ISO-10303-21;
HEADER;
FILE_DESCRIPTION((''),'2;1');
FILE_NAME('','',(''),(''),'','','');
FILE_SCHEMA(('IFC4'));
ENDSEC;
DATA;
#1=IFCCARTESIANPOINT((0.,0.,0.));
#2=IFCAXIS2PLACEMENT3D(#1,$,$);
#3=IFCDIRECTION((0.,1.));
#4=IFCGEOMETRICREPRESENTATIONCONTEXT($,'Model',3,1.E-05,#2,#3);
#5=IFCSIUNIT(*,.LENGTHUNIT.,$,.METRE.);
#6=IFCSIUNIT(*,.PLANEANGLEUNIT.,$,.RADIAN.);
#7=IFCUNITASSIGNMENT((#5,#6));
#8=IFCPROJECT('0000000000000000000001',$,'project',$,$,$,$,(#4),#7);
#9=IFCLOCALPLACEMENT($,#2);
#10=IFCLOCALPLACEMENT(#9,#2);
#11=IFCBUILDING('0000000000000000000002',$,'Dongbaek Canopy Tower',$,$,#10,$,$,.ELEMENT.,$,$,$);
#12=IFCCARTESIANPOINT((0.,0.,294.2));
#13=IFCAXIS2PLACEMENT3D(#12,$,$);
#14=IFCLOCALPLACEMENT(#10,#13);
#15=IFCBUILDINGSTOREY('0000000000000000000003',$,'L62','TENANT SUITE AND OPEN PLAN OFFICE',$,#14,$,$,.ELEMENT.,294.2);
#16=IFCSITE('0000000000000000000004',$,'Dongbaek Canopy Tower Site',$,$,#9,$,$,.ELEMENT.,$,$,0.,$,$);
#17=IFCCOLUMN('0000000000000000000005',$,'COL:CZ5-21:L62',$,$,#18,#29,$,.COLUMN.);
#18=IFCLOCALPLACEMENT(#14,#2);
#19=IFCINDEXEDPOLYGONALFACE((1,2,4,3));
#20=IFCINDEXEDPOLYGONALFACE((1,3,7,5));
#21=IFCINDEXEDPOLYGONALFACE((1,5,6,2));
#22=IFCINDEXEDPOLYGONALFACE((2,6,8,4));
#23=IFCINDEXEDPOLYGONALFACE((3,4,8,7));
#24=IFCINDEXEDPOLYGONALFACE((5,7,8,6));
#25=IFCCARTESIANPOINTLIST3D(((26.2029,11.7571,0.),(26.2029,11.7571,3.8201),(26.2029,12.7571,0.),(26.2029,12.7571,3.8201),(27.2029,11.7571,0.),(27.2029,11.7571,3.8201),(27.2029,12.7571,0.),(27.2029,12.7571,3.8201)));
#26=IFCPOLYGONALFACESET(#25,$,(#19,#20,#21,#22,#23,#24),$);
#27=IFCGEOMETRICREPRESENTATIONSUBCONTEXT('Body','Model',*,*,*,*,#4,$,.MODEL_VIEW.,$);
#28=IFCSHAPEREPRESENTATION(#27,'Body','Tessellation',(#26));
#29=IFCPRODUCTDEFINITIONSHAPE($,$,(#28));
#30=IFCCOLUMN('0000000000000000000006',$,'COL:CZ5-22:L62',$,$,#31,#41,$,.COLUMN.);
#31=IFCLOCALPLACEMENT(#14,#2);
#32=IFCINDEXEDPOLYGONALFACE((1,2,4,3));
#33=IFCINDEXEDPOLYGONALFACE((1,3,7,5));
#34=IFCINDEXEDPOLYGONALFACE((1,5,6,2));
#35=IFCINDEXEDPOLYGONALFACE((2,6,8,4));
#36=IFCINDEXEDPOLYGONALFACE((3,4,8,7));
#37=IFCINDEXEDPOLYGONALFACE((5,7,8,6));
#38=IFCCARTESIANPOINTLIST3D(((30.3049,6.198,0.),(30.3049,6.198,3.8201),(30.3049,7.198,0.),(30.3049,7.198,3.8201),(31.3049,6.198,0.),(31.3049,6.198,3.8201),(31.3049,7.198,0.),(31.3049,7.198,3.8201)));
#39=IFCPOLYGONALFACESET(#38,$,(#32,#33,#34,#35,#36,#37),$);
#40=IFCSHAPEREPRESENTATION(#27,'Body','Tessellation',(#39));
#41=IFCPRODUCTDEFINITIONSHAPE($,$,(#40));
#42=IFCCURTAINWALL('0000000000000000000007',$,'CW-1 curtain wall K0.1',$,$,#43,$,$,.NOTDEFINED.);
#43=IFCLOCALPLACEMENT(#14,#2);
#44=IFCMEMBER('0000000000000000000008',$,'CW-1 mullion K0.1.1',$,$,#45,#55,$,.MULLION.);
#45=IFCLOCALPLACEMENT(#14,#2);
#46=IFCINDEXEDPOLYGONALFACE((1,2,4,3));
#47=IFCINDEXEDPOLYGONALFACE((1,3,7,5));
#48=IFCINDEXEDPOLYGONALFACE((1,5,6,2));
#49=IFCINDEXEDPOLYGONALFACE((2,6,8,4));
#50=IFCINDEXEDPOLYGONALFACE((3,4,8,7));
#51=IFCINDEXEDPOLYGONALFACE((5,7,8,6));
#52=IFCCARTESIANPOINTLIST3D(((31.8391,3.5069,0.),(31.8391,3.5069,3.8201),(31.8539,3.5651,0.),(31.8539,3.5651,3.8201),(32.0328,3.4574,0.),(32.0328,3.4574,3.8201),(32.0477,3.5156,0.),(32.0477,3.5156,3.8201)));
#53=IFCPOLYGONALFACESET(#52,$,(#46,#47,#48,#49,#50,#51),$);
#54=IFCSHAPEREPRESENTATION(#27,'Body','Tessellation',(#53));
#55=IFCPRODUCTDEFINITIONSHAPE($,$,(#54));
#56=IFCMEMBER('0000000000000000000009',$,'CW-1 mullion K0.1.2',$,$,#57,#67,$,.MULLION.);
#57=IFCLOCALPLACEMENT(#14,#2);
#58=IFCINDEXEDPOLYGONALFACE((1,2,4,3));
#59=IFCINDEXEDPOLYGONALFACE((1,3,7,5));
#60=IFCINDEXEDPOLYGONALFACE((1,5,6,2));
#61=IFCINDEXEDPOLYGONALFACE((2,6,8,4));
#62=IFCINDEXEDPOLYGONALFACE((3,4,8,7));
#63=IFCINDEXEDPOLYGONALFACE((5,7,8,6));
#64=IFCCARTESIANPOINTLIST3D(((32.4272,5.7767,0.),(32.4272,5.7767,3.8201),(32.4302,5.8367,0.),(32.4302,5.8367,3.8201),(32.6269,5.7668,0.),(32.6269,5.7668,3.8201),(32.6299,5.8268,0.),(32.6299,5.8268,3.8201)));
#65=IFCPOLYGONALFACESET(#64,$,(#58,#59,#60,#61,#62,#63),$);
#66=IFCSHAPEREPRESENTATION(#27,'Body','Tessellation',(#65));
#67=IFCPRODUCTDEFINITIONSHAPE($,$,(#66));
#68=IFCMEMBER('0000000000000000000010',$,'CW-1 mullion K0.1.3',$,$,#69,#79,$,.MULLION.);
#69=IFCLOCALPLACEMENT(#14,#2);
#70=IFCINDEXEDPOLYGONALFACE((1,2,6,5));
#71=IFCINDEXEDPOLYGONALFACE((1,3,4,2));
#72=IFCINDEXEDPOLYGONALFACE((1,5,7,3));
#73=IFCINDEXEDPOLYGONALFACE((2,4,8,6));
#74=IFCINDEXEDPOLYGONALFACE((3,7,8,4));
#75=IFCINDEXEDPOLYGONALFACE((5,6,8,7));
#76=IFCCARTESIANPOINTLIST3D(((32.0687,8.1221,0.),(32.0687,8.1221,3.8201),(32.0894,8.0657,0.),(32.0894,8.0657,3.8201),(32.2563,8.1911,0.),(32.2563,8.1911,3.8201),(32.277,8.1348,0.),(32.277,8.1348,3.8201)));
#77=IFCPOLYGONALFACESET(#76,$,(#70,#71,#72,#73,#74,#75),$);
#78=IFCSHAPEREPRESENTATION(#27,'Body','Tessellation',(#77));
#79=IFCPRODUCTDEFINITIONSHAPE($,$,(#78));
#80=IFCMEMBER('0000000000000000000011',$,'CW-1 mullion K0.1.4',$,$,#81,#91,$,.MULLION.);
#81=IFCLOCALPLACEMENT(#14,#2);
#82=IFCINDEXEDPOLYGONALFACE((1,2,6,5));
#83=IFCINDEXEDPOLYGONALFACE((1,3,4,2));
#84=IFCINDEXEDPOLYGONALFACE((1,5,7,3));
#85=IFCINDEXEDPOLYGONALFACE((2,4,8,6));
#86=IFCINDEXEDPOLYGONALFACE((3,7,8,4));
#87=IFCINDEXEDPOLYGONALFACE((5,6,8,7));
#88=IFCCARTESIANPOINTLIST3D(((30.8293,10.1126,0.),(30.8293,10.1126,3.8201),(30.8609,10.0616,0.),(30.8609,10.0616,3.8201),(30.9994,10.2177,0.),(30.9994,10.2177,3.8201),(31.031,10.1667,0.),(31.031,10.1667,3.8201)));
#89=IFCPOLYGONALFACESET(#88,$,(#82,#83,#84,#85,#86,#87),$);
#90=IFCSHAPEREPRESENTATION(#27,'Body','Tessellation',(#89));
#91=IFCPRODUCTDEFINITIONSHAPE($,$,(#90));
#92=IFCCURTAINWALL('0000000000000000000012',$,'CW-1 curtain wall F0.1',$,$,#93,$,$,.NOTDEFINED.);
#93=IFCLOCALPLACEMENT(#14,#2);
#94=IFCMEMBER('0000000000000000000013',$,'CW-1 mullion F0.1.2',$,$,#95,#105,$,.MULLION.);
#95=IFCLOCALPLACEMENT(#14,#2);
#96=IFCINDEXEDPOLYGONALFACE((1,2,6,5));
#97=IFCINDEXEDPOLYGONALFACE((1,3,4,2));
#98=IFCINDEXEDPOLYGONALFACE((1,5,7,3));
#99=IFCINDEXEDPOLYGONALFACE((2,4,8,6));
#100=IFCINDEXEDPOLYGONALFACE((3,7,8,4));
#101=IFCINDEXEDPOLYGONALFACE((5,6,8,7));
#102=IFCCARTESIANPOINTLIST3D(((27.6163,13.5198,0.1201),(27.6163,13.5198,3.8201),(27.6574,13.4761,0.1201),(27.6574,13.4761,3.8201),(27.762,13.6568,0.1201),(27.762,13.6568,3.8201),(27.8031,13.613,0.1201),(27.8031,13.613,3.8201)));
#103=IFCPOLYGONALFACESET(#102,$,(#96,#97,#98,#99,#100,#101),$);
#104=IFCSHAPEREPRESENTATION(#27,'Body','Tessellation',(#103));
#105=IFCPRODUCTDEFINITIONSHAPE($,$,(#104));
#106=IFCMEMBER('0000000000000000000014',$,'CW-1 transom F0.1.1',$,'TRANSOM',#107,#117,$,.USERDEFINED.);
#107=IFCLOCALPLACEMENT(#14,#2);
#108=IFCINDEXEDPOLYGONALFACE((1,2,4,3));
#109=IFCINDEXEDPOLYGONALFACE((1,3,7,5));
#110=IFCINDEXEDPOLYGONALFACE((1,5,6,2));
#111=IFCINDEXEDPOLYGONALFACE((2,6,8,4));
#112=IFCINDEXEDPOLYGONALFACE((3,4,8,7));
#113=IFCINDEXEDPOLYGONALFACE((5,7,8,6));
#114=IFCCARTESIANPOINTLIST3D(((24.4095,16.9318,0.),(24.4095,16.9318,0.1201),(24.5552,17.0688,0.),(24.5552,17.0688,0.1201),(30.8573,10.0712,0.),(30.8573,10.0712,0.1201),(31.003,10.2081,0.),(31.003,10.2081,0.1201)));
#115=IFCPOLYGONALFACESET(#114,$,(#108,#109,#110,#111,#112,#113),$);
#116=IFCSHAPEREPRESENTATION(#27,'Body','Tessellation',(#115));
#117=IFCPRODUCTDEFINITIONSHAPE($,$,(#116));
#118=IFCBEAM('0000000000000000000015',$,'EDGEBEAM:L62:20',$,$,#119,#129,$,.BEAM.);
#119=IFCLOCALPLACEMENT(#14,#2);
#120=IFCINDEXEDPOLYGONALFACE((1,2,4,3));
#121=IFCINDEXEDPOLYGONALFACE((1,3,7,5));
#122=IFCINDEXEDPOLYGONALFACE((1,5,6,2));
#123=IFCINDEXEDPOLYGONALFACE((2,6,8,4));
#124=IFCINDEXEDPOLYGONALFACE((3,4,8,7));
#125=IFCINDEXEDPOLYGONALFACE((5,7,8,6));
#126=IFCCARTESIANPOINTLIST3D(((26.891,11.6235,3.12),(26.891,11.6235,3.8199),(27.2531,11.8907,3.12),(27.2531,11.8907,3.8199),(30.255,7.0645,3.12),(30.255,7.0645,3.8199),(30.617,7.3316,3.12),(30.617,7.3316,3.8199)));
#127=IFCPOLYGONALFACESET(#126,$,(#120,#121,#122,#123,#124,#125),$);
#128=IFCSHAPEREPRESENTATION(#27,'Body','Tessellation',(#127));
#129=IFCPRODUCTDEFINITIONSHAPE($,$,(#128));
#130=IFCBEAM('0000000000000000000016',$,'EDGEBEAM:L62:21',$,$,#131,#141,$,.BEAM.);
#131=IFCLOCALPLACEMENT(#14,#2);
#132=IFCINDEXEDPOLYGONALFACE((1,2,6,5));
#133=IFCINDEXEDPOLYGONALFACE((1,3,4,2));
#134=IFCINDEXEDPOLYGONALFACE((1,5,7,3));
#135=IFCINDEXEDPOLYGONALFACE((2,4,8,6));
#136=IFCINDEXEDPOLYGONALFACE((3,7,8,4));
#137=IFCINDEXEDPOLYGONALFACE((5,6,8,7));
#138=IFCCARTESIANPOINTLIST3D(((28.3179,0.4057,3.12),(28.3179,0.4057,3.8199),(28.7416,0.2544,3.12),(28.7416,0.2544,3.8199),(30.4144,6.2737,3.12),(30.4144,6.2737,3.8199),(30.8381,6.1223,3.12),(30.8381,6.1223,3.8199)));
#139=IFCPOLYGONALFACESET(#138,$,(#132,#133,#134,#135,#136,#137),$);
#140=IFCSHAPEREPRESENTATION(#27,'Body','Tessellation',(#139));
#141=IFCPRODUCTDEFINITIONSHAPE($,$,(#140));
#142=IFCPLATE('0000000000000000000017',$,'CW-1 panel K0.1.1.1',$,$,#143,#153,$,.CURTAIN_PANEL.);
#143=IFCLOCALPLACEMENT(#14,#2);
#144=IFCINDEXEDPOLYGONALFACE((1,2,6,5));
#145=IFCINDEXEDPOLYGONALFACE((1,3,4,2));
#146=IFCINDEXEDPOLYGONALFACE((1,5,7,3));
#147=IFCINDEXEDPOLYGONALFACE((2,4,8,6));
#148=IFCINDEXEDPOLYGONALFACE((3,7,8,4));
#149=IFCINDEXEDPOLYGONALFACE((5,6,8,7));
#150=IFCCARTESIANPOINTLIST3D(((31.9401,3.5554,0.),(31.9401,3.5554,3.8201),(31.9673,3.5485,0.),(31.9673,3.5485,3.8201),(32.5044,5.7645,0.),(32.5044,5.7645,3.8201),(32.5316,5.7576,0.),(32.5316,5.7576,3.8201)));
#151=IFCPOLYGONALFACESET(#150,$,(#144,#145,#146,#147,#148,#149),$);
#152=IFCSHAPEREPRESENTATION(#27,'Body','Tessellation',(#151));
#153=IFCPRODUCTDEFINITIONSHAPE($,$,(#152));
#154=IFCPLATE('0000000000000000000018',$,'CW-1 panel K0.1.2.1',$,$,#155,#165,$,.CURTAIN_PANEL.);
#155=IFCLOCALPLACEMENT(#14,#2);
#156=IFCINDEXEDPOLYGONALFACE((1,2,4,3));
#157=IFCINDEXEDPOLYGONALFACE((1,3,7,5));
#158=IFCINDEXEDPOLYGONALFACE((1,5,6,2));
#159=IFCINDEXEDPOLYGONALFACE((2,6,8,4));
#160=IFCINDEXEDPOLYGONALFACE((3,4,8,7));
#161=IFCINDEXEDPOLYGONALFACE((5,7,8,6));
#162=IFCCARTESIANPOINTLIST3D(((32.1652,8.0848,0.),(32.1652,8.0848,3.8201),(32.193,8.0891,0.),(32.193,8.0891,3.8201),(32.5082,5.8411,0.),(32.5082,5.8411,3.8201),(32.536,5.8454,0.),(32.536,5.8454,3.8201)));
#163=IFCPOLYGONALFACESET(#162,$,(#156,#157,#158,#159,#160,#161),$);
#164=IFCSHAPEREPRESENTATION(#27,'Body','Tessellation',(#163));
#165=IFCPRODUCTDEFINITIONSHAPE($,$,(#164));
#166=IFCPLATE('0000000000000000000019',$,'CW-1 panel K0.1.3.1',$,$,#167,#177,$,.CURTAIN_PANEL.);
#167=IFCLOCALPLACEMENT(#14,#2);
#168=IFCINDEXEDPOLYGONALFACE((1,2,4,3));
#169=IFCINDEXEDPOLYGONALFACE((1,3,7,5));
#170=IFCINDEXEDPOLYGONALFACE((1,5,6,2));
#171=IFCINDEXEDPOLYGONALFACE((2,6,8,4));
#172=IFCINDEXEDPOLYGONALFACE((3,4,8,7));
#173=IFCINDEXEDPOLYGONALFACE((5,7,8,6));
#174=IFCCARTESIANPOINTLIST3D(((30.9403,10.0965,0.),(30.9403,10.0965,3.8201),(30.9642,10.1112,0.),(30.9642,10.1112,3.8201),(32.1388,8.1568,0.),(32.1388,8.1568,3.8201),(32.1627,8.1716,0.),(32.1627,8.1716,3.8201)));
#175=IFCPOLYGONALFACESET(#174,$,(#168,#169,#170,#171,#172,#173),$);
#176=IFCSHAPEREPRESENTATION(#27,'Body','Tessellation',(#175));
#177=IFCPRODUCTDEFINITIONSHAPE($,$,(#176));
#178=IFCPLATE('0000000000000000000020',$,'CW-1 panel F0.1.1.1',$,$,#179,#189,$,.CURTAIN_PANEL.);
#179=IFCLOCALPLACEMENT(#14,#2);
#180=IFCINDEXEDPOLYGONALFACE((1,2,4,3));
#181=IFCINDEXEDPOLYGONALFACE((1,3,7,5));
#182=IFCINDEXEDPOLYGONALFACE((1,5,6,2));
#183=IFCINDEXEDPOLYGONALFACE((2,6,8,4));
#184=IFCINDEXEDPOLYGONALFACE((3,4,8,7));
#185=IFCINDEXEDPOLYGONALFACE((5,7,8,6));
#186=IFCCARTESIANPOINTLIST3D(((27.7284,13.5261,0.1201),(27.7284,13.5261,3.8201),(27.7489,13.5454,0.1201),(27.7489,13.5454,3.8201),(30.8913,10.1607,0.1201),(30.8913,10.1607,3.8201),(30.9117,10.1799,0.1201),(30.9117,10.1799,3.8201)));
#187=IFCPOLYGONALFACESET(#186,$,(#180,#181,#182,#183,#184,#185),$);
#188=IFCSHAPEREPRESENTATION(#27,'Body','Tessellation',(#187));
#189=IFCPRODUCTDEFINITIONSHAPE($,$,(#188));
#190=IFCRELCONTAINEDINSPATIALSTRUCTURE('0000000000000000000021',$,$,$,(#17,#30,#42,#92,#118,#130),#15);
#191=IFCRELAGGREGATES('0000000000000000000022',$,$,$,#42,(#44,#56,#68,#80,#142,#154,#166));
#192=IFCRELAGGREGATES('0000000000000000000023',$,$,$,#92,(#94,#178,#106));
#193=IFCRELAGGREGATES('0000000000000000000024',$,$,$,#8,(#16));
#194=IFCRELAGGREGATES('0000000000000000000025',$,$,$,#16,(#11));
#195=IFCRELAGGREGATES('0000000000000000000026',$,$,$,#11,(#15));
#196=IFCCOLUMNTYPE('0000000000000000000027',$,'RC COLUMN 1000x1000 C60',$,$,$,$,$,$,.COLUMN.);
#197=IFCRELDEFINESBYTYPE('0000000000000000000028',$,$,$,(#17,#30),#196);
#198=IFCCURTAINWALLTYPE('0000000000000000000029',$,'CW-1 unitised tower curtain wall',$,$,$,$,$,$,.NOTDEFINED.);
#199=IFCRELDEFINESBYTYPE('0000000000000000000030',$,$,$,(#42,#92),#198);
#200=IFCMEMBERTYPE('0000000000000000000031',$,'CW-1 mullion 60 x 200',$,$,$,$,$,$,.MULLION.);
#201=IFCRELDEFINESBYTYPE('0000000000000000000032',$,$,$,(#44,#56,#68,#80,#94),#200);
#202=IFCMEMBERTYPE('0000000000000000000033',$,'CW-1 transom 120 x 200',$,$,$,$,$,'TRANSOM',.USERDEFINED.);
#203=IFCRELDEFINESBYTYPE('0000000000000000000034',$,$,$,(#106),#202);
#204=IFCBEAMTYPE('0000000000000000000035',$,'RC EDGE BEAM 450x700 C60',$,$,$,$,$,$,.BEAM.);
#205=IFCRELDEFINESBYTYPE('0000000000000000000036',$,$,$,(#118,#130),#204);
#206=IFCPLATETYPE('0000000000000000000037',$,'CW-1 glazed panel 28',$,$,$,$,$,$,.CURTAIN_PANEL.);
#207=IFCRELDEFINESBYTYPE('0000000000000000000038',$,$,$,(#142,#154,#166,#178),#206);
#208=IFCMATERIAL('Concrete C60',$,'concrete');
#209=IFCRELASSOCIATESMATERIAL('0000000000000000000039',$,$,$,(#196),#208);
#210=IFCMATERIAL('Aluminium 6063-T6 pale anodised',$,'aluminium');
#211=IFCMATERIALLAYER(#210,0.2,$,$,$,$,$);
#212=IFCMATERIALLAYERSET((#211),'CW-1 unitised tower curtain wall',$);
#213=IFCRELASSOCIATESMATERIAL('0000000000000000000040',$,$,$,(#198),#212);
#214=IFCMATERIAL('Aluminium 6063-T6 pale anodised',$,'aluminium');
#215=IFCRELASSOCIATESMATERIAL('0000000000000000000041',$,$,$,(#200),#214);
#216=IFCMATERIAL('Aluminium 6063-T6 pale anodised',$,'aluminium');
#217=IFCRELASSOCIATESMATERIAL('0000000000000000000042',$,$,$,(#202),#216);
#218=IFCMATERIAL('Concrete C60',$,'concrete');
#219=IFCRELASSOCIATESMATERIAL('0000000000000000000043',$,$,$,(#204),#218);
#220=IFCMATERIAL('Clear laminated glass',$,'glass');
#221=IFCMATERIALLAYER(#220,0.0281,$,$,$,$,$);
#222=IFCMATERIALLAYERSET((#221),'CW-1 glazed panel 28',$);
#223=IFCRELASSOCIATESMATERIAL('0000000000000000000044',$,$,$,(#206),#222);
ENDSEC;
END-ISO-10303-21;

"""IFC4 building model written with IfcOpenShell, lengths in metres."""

from ifc_helpers import new_model, si_unit, direction, frame, origin, origin_2d, place, context, subcontext, project, spatial, rectangle, extrude, material, layer, layer_set, material_profile, profile_set, type_object, element, aggregate, save


model = new_model("IFC4")

# Units and contexts
model_context = context("Model", 3, precision=1e-05, world=origin(), true_north=direction((0.0, 1.0)))
body_context = subcontext(model_context, "Body", "Model", "MODEL_VIEW")
ifc_project = project(units=[si_unit("LENGTHUNIT", "METRE"), si_unit("PLANEANGLEUNIT", "RADIAN")], contexts=[model_context])

# Site, building, storey
site_placement = place(None, origin())
site = spatial("IfcSite", under=ifc_project, at=site_placement, Name="Dongbaek Canopy Tower Site", CompositionType="ELEMENT", RefElevation=0.0)
building_placement = place(site_placement, origin())
building = spatial("IfcBuilding", under=site, at=building_placement, Name="Dongbaek Canopy Tower", CompositionType="ELEMENT")
storey_placement = place(building_placement, frame((0.0, 0.0, 294.2)))
storey = spatial("IfcBuildingStorey", under=building, at=storey_placement, Name="L62", Description="TENANT SUITE AND OPEN PLAN OFFICE", CompositionType="ELEMENT", Elevation=294.2)

# Columns
ifc_material_1 = material(Name="Concrete C60", Category="concrete")
ifc_material_profile_1 = material_profile(ifc_material_1, rectangle(XDim=1.0, YDim=1.0, at=origin_2d()), Name="RC COLUMN 1000x1000 C60")
ifc_profile_set_1 = profile_set([ifc_material_profile_1], Name="Concrete C60")
column_type = type_object("IfcColumnType", Name="RC COLUMN 1000x1000 C60", PredefinedType="COLUMN", material=ifc_profile_set_1)
for number, where, z_axis, x_axis, name in (
    (1, (26.7029, 12.2571, 0.0), (0.0, 0.0, 1.0), (1.0, 0.0, 0.0), "COL:CZ5-21:L62"),
    (2, (30.8049, 6.698, 0.0), (0.0, 0.0, 1.0), (1.0, 0.0, 0.0), "COL:CZ5-22:L62"),
):
    element("IfcColumn", number, at=place(storey_placement, frame(where, z_axis=z_axis, x_axis=x_axis)), inside=storey, type_object=column_type, Name=name, PredefinedType="COLUMN", context=body_context, shape_type="SweptSolid", body=[
        extrude(rectangle(XDim=1.0, YDim=1.0, at=origin_2d()), origin(), (0.0, 0.0, 1.0), 3.8201),
    ])

# Curtain walls, members
ifc_material_2 = material(Name="Aluminium 6063-T6 pale anodised", Category="aluminium")
ifc_layer_1 = layer(ifc_material_2, 0.2)
ifc_layer_set_1 = layer_set([ifc_layer_1], Name="CW-1 unitised tower curtain wall")
curtain_wall_type = type_object("IfcCurtainWallType", Name="CW-1 unitised tower curtain wall", PredefinedType="NOTDEFINED", material=ifc_layer_set_1)
curtain_wall_1_placement = place(storey_placement, origin())
curtain_wall_1 = element("IfcCurtainWall", 3, at=curtain_wall_1_placement, inside=storey, type_object=curtain_wall_type, Name="CW-1 curtain wall K0.1", PredefinedType="NOTDEFINED")
ifc_material_3 = material(Name="Aluminium 6063-T6 pale anodised", Category="aluminium")
ifc_material_profile_2 = material_profile(ifc_material_3, rectangle(XDim=0.2, YDim=0.0601, at=origin_2d()), Name="CW-1 mullion 60 x 200")
ifc_profile_set_2 = profile_set([ifc_material_profile_2], Name="Aluminium 6063-T6 pale anodised")
member_type_1 = type_object("IfcMemberType", Name="CW-1 mullion 60 x 200", PredefinedType="MULLION", material=ifc_profile_set_2)
member_1_placement = place(storey_placement, frame((31.9434, 3.5112, 0.0), z_axis=(0.0, 0.0, 1.0), x_axis=(0.968887, -0.247503, 0.0)))
member_1 = element("IfcMember", 4, at=member_1_placement, type_object=member_type_1, Name="CW-1 mullion K0.1.1", PredefinedType="MULLION", context=body_context, shape_type="SweptSolid", body=[
    extrude(rectangle(XDim=0.2, YDim=0.0601, at=origin_2d()), origin(), (0.0, 0.0, 1.0), 3.8201),
])
member_2_placement = place(storey_placement, frame((32.5286, 5.8018, 0.0), z_axis=(0.0, 0.0, 1.0), x_axis=(0.99879, -0.049188, 0.0)))
member_2 = element("IfcMember", 5, at=member_2_placement, type_object=member_type_1, Name="CW-1 mullion K0.1.2", PredefinedType="MULLION", context=body_context, shape_type="SweptSolid", body=[
    extrude(rectangle(XDim=0.2, YDim=0.0601, at=origin_2d()), origin(), (0.0, 0.0, 1.0), 3.8201),
])
member_3_placement = place(storey_placement, frame((32.1729, 8.1284, 0.0), z_axis=(0.0, 0.0, 1.0), x_axis=(0.938484, 0.345322, 0.0)))
member_3 = element("IfcMember", 6, at=member_3_placement, type_object=member_type_1, Name="CW-1 mullion K0.1.3", PredefinedType="MULLION", context=body_context, shape_type="SweptSolid", body=[
    extrude(rectangle(XDim=0.2, YDim=0.0601, at=origin_2d()), origin(), (0.0, 0.0, 1.0), 3.8201),
])
member_4_placement = place(storey_placement, frame((30.9302, 10.1396, 0.0), z_axis=(0.0, 0.0, 1.0), x_axis=(0.850702, 0.525648, 0.0)))
member_4 = element("IfcMember", 7, at=member_4_placement, type_object=member_type_1, Name="CW-1 mullion K0.1.4", PredefinedType="MULLION", context=body_context, shape_type="SweptSolid", body=[
    extrude(rectangle(XDim=0.2, YDim=0.0601, at=origin_2d()), origin(), (0.0, 0.0, 1.0), 3.8201),
])
curtain_wall_2_placement = place(storey_placement, origin())
curtain_wall_2 = element("IfcCurtainWall", 8, at=curtain_wall_2_placement, inside=storey, type_object=curtain_wall_type, Name="CW-1 curtain wall F0.1", PredefinedType="NOTDEFINED")
member_5_placement = place(storey_placement, frame((27.7097, 13.5664, 0.1201), z_axis=(0.0, 0.0, 1.0), x_axis=(0.728702, 0.684831, 0.0)))
member_5 = element("IfcMember", 9, at=member_5_placement, type_object=member_type_1, Name="CW-1 mullion F0.1.2", PredefinedType="MULLION", context=body_context, shape_type="SweptSolid", body=[
    extrude(rectangle(XDim=0.2, YDim=0.0601, at=origin_2d()), origin(), (0.0, 0.0, 1.0), 3.7),
])
ifc_material_4 = material(Name="Aluminium 6063-T6 pale anodised", Category="aluminium")
ifc_material_profile_3 = material_profile(ifc_material_4, rectangle(XDim=0.2, YDim=0.1201, at=origin_2d()), Name="CW-1 transom 120 x 200")
ifc_profile_set_3 = profile_set([ifc_material_profile_3], Name="Aluminium 6063-T6 pale anodised")
member_type_2 = type_object("IfcMemberType", Name="CW-1 transom 120 x 200", ElementType="TRANSOM", PredefinedType="USERDEFINED", material=ifc_profile_set_3)
member_6_placement = place(storey_placement, frame((30.9302, 10.1396, 0.0601), z_axis=(-0.684842, 0.728692, 0.0), x_axis=(-0.728692, -0.684842, 0.0)))
member_6 = element("IfcMember", 10, at=member_6_placement, type_object=member_type_2, Name="CW-1 transom F0.1.1", ObjectType="TRANSOM", PredefinedType="USERDEFINED", context=body_context, shape_type="SweptSolid", body=[
    extrude(rectangle(XDim=0.2, YDim=0.1201, at=origin_2d()), origin(), (0.0, 0.0, 1.0), 9.415),
])

# Beams
ifc_material_5 = material(Name="Concrete C60", Category="concrete")
ifc_material_profile_4 = material_profile(ifc_material_5, rectangle(XDim=0.45, YDim=0.7, at=origin_2d()), Name="RC EDGE BEAM 450x700 C60")
ifc_profile_set_4 = profile_set([ifc_material_profile_4], Name="Concrete C60")
beam_type = type_object("IfcBeamType", Name="RC EDGE BEAM 450x700 C60", PredefinedType="BEAM", material=ifc_profile_set_4)
beam_1_placement = place(storey_placement, frame((27.072, 11.7571, 3.47), z_axis=(0.593735, -0.80466, 0.0), x_axis=(0.80466, 0.593735, 0.0)))
element("IfcBeam", 11, at=beam_1_placement, inside=storey, type_object=beam_type, Name="EDGEBEAM:L62:20", PredefinedType="BEAM", context=body_context, shape_type="SweptSolid", body=[
    extrude(rectangle(XDim=0.45, YDim=0.7, at=origin_2d()), origin(), (0.0, 0.0, 1.0), 5.6658),
])
beam_2_placement = place(storey_placement, frame((30.6262, 6.198, 3.47), z_axis=(-0.336443, -0.941704, 0.0), x_axis=(0.941704, -0.336443, 0.0)))
element("IfcBeam", 12, at=beam_2_placement, inside=storey, type_object=beam_type, Name="EDGEBEAM:L62:21", PredefinedType="BEAM", context=body_context, shape_type="SweptSolid", body=[
    extrude(rectangle(XDim=0.45, YDim=0.7, at=origin_2d()), origin(), (0.0, 0.0, 1.0), 6.2312),
])

# Plates
ifc_material_6 = material(Name="Clear laminated glass", Category="glass")
ifc_layer_2 = layer(ifc_material_6, 0.0281)
ifc_layer_set_2 = layer_set([ifc_layer_2], Name="CW-1 glazed panel 28")
plate_type = type_object("IfcPlateType", Name="CW-1 glazed panel 28", PredefinedType="CURTAIN_PANEL", material=ifc_layer_set_2)
plate_1_placement = place(storey_placement, frame((32.2358, 4.6565, 0.0), z_axis=(0.0, 0.0, 1.0), x_axis=(0.247503, 0.968887, 0.0)))
plate_1 = element("IfcPlate", 13, at=plate_1_placement, type_object=plate_type, Name="CW-1 panel K0.1.1.1", PredefinedType="CURTAIN_PANEL", context=body_context, shape_type="SweptSolid", body=[
    extrude(rectangle(XDim=2.28, YDim=0.0281, at=origin_2d()), origin(), (0.0, 0.0, 1.0), 3.8201),
])
plate_2_placement = place(storey_placement, frame((32.3506, 6.9651, 0.0), z_axis=(0.0, 0.0, 1.0), x_axis=(-0.151106, 0.988518, 0.0)))
plate_2 = element("IfcPlate", 14, at=plate_2_placement, type_object=plate_type, Name="CW-1 panel K0.1.2.1", PredefinedType="CURTAIN_PANEL", context=body_context, shape_type="SweptSolid", body=[
    extrude(rectangle(XDim=2.2698, YDim=0.0281, at=origin_2d()), origin(), (0.0, 0.0, 1.0), 3.8201),
])
plate_3_placement = place(storey_placement, frame((31.5515, 9.134, 0.0), z_axis=(0.0, 0.0, 1.0), x_axis=(-0.525648, 0.850702, 0.0)))
plate_3 = element("IfcPlate", 15, at=plate_3_placement, type_object=plate_type, Name="CW-1 panel K0.1.3.1", PredefinedType="CURTAIN_PANEL", context=body_context, shape_type="SweptSolid", body=[
    extrude(rectangle(XDim=2.28, YDim=0.0281, at=origin_2d()), origin(), (0.0, 0.0, 1.0), 3.8201),
])
plate_4_placement = place(storey_placement, frame((29.3201, 11.853, 0.1201), z_axis=(0.0, 0.0, 1.0), x_axis=(-0.684831, 0.728702, 0.0)))
plate_4 = element("IfcPlate", 16, at=plate_4_placement, type_object=plate_type, Name="CW-1 panel F0.1.1.1", PredefinedType="CURTAIN_PANEL", context=body_context, shape_type="SweptSolid", body=[
    extrude(rectangle(XDim=4.6184, YDim=0.0281, at=origin_2d()), origin(), (0.0, 0.0, 1.0), 3.7),
])

aggregate(curtain_wall_1, [member_1, member_2, member_3, member_4, plate_1, plate_2, plate_3])
aggregate(curtain_wall_2, [member_5, plate_4, member_6])

save(model, "model.ifc")
